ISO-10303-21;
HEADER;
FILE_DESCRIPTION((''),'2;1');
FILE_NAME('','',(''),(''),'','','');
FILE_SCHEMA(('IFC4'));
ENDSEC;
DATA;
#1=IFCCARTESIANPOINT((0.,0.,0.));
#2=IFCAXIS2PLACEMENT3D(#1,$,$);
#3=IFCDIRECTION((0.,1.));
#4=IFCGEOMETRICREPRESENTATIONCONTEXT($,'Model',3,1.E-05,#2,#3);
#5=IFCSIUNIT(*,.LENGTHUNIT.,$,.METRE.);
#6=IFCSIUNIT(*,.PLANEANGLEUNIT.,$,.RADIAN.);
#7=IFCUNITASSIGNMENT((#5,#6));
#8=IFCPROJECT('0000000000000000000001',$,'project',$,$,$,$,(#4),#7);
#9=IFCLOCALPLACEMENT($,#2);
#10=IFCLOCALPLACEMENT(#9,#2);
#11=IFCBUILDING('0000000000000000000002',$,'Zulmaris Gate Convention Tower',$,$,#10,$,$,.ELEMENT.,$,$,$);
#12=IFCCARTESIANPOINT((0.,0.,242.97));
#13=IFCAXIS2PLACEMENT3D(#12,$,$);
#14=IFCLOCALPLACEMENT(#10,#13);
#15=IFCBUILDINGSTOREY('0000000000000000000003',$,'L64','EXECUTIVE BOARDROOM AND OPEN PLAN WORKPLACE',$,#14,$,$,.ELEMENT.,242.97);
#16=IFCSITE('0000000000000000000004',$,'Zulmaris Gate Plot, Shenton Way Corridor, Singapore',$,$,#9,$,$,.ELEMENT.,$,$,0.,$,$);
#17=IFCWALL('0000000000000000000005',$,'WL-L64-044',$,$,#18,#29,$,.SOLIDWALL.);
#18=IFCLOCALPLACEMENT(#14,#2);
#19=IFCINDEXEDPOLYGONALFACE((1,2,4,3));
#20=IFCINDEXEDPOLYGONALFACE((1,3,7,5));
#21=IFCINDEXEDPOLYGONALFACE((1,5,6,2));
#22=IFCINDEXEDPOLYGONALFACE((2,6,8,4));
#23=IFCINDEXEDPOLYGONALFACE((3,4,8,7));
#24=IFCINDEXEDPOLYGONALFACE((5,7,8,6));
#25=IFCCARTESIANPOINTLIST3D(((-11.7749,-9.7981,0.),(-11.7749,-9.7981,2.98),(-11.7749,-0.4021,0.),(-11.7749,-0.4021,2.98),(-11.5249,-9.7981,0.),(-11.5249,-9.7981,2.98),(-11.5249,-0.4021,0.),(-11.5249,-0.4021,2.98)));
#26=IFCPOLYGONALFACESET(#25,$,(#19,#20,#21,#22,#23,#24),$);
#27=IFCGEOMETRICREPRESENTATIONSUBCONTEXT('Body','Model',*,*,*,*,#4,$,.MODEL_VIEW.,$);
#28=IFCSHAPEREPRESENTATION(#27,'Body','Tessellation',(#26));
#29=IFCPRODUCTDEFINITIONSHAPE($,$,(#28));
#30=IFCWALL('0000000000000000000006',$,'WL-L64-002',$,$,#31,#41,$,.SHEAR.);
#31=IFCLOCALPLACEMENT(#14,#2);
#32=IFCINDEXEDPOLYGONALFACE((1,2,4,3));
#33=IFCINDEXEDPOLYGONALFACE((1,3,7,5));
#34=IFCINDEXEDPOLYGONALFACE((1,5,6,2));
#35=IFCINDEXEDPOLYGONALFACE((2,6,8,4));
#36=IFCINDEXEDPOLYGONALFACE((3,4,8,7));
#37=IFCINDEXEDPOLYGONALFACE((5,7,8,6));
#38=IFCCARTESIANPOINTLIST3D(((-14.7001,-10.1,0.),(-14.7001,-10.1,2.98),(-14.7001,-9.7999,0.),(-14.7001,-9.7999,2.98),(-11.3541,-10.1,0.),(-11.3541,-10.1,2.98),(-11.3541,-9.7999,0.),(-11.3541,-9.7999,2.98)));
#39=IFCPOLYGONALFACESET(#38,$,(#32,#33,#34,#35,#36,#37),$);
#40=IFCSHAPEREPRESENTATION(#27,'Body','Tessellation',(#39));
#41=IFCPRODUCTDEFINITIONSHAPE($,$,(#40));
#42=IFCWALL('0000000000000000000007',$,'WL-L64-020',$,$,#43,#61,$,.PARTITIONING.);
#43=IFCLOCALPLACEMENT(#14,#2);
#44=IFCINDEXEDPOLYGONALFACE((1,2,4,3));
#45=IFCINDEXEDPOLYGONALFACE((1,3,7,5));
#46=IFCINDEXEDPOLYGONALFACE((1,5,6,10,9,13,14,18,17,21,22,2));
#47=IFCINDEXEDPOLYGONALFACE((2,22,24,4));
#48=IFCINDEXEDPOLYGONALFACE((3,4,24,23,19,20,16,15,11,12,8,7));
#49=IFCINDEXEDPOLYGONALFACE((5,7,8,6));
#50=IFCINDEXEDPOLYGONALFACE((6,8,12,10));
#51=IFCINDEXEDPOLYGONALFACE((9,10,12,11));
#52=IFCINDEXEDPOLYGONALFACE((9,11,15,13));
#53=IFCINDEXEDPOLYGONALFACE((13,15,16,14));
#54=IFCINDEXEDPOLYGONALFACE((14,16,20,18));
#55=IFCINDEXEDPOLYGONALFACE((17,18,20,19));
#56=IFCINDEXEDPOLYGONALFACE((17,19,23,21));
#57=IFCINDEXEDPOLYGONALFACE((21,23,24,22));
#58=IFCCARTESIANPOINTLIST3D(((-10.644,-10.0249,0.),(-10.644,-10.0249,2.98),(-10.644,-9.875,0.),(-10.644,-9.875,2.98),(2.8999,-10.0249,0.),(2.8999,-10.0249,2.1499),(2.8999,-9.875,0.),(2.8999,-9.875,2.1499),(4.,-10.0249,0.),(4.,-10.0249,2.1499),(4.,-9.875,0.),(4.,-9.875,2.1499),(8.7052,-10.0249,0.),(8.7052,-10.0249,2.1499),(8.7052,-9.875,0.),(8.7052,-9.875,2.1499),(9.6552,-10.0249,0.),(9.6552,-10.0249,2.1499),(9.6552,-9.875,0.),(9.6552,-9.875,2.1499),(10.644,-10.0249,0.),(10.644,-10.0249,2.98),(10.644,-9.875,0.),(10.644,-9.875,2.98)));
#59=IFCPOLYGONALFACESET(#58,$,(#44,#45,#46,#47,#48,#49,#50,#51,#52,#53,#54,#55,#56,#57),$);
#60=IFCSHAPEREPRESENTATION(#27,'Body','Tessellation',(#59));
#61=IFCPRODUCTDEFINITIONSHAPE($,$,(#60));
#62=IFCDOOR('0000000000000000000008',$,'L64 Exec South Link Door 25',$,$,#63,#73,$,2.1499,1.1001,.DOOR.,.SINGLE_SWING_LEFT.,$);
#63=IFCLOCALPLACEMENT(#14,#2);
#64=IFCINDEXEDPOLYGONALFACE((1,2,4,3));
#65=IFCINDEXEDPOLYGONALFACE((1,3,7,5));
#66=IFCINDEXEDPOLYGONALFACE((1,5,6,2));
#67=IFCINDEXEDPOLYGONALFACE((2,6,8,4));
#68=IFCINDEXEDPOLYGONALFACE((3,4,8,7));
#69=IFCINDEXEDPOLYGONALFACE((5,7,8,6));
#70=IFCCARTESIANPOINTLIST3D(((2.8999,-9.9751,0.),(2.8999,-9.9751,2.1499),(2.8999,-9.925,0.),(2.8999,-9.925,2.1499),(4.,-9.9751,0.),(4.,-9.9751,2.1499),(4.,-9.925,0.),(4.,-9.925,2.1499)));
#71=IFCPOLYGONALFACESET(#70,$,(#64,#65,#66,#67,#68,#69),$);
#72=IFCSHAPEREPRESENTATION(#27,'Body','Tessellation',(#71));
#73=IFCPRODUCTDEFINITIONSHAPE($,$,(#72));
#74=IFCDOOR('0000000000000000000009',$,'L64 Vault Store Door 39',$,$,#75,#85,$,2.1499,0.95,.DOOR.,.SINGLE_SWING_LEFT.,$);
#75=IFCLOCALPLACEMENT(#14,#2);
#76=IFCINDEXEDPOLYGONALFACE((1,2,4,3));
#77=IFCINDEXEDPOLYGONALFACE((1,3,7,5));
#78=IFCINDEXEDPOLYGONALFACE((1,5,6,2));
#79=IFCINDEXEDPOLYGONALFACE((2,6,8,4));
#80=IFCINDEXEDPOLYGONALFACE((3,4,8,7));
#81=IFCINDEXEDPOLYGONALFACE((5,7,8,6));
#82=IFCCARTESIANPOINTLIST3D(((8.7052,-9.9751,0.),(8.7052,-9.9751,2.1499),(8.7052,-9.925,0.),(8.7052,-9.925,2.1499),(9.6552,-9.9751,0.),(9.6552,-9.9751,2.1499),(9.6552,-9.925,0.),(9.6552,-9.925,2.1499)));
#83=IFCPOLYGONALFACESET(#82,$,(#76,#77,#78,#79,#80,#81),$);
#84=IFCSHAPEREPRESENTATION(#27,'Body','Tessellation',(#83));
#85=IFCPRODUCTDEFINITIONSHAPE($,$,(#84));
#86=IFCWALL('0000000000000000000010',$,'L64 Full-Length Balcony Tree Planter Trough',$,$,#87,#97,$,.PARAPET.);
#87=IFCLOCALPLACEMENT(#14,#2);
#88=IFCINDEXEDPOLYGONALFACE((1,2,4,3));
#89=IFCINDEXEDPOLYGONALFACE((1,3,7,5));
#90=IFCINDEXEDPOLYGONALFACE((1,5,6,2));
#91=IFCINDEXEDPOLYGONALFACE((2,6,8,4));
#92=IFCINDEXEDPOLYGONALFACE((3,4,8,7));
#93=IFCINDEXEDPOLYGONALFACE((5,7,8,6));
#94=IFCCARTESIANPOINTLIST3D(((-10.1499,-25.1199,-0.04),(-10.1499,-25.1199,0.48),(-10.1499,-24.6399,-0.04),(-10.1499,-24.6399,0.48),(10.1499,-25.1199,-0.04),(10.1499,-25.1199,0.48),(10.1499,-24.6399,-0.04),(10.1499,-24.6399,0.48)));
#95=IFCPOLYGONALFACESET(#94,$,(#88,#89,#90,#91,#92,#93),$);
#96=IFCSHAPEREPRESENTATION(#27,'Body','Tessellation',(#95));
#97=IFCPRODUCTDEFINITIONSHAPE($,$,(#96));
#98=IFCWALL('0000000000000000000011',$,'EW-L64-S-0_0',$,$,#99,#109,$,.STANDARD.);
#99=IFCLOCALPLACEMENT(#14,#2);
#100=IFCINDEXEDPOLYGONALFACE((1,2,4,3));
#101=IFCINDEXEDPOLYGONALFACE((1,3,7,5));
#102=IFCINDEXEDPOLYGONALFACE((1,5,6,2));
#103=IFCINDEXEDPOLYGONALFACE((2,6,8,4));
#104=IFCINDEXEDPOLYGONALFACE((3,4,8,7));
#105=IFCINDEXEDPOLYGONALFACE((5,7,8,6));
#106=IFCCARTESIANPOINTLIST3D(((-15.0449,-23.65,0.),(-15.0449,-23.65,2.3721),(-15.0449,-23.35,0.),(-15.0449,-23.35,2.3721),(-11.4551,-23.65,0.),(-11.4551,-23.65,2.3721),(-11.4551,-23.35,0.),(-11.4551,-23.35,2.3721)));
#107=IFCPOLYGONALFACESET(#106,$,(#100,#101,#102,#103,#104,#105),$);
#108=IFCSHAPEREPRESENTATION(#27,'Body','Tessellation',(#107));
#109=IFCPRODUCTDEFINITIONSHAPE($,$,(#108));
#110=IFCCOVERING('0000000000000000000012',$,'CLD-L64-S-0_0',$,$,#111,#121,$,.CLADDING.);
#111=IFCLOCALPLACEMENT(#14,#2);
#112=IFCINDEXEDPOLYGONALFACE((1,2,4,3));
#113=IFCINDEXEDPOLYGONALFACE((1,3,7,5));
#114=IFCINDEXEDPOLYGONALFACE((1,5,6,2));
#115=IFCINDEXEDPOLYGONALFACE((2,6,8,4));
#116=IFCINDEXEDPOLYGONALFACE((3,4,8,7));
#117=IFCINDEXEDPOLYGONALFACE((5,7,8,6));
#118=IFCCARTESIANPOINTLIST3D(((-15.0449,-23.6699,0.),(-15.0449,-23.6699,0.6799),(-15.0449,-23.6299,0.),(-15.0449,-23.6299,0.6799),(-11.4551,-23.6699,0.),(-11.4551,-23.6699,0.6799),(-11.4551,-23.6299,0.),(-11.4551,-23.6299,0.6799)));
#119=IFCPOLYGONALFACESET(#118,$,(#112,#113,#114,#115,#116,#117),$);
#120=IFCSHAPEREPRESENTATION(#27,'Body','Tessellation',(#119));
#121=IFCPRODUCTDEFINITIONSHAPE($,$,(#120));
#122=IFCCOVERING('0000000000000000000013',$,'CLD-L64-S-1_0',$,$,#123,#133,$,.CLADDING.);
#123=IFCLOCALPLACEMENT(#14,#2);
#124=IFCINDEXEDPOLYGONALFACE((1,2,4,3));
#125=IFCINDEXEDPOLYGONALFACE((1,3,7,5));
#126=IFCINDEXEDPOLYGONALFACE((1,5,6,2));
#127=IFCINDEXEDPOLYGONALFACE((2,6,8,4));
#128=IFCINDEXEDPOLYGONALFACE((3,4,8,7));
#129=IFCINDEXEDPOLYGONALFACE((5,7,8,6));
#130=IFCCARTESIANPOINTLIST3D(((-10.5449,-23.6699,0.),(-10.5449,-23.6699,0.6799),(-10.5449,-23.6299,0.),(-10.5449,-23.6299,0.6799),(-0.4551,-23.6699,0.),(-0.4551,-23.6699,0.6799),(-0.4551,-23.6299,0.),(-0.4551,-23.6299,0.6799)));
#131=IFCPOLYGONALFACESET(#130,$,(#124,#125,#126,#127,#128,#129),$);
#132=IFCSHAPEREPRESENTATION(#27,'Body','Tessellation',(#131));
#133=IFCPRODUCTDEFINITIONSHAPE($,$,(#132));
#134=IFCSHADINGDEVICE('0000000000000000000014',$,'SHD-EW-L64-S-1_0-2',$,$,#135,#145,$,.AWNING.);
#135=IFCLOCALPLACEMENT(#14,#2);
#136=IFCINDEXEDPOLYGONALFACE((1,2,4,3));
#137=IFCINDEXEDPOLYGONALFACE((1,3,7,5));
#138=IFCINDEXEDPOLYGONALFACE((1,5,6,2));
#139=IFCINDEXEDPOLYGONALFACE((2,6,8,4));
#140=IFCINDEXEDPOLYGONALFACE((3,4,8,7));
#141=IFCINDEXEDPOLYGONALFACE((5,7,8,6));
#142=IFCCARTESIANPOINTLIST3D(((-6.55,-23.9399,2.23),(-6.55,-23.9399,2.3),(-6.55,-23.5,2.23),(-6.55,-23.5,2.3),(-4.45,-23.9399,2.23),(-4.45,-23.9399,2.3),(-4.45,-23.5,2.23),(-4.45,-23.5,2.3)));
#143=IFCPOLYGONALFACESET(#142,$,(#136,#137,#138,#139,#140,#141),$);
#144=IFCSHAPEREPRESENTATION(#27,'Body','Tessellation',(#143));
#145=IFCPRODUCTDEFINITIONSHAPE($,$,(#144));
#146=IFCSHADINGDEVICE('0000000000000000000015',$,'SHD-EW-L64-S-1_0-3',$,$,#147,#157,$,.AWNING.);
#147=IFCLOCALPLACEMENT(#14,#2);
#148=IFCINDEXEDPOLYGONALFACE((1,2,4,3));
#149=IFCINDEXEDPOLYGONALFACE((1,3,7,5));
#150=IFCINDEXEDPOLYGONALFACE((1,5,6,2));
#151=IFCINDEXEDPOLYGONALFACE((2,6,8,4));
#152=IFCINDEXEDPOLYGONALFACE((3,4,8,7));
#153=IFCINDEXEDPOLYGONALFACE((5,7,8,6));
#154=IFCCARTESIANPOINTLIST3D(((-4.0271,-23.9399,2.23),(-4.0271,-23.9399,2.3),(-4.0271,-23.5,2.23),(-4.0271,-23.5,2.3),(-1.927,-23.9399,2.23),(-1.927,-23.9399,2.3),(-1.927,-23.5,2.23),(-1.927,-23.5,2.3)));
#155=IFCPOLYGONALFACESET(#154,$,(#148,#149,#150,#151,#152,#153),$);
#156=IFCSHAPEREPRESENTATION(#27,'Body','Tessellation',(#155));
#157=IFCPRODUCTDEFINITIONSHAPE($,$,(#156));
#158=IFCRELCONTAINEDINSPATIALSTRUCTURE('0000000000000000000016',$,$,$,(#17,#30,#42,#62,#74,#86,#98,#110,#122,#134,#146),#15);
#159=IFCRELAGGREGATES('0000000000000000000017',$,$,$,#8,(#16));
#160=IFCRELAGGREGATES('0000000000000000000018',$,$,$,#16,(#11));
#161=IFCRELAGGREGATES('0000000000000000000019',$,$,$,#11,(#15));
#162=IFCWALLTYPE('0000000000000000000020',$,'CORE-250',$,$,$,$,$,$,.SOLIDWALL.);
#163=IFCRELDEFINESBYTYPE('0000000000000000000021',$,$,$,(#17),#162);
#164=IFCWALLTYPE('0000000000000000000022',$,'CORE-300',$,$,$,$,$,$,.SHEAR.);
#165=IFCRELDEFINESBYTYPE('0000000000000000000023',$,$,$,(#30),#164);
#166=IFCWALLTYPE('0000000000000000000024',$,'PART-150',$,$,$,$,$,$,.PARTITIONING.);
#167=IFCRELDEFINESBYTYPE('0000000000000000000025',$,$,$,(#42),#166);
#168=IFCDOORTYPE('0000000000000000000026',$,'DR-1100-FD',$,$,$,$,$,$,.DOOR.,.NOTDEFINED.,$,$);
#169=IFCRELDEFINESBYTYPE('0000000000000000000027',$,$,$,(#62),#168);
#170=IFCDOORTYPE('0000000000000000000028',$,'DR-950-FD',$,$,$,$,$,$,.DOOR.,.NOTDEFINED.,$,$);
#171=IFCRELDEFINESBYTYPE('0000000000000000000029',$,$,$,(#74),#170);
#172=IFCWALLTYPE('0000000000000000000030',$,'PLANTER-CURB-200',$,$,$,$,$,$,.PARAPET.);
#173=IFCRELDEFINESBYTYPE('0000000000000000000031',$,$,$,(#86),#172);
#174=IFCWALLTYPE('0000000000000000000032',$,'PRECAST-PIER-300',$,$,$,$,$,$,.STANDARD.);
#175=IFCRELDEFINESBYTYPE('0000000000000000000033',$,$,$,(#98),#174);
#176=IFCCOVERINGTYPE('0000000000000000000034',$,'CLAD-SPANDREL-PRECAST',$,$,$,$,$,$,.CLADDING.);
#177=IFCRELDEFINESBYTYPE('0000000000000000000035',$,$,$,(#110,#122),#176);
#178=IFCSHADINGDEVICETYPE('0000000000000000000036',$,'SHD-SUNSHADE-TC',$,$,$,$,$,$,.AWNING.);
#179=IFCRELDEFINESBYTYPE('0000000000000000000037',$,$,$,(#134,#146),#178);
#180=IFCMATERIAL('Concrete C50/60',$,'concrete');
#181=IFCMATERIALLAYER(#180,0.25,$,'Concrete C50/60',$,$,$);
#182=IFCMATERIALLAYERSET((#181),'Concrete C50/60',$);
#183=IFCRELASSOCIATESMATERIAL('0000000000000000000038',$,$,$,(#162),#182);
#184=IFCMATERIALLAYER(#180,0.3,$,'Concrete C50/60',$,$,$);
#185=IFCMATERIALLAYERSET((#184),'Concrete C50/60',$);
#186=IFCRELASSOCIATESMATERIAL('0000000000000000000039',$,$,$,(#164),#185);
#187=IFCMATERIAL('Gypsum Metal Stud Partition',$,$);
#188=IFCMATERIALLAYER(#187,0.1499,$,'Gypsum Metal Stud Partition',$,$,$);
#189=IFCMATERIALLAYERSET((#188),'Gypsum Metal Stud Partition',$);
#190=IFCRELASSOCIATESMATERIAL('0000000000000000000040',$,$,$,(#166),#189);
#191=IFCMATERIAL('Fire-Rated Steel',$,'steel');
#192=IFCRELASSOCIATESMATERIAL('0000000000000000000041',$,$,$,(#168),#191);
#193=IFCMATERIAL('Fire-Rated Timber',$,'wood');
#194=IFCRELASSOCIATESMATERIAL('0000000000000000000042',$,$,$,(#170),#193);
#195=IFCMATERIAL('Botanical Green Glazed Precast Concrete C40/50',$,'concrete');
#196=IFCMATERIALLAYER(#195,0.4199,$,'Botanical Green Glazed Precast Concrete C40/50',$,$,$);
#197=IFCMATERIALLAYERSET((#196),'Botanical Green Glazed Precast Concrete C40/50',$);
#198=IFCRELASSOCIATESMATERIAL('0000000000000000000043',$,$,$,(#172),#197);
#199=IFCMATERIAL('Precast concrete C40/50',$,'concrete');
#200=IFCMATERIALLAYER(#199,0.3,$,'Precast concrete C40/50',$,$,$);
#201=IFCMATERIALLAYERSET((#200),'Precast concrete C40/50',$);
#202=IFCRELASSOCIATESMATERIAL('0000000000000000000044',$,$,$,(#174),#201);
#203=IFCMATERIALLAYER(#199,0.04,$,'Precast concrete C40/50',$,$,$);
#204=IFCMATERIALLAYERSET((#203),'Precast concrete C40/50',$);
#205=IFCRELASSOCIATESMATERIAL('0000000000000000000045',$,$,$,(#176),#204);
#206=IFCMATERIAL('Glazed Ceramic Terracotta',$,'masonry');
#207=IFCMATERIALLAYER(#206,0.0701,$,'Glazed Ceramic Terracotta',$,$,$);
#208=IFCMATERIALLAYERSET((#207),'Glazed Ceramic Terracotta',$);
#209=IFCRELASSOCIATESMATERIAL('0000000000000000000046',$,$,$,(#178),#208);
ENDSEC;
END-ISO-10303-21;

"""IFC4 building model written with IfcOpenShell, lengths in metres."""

from ifc_helpers import new_model, si_unit, direction, frame, frame_2d, origin, place, context, subcontext, project, spatial, rectangle, extrude, material, layer, layer_set, type_object, element, fill, save


model = new_model("IFC4")

# Units and contexts
model_context = context("Model", 3, precision=1e-05, world=origin(), true_north=direction((0.0, 1.0)))
body_context = subcontext(model_context, "Body", "Model", "MODEL_VIEW")
ifc_project = project(units=[si_unit("LENGTHUNIT", "METRE"), si_unit("PLANEANGLEUNIT", "RADIAN")], contexts=[model_context])

# Site, building, storey
site_placement = place(None, origin())
site = spatial("IfcSite", under=ifc_project, at=site_placement, Name="Zulmaris Gate Plot, Shenton Way Corridor, Singapore", CompositionType="ELEMENT", RefElevation=0.0)
building_placement = place(site_placement, origin())
building = spatial("IfcBuilding", under=site, at=building_placement, Name="Zulmaris Gate Convention Tower", CompositionType="ELEMENT")
storey_placement = place(building_placement, frame((0.0, 0.0, 242.97)))
storey = spatial("IfcBuildingStorey", under=building, at=storey_placement, Name="L64", Description="EXECUTIVE BOARDROOM AND OPEN PLAN WORKPLACE", CompositionType="ELEMENT", Elevation=242.97)

# Shared definitions
ifc_material_1 = material(Name="Concrete C50/60", Category="concrete")

# Walls
ifc_layer_1 = layer(ifc_material_1, 0.25, Name="Concrete C50/60")
ifc_layer_set_1 = layer_set([ifc_layer_1], Name="Concrete C50/60")
wall_type_1 = type_object("IfcWallType", Name="CORE-250", PredefinedType="SOLIDWALL", material=ifc_layer_set_1)
wall_1_placement = place(storey_placement, frame((-11.6499, -9.7981, 0.0), z_axis=(0.0, 0.0, 1.0), x_axis=(0.0, 1.0, 0.0)))
element("IfcWall", 1, at=wall_1_placement, inside=storey, type_object=wall_type_1, Name="WL-L64-044", PredefinedType="SOLIDWALL", context=body_context, shape_type="SweptSolid", body=[
    extrude(rectangle(XDim=9.396, YDim=0.25, at=frame_2d((4.698, 0.0))), origin(), (0.0, 0.0, 1.0), 2.98),
])
ifc_layer_2 = layer(ifc_material_1, 0.3, Name="Concrete C50/60")
ifc_layer_set_2 = layer_set([ifc_layer_2], Name="Concrete C50/60")
wall_type_2 = type_object("IfcWallType", Name="CORE-300", PredefinedType="SHEAR", material=ifc_layer_set_2)
wall_2_placement = place(storey_placement, frame((-14.7, -9.95, 0.0), z_axis=(0.0, 0.0, 1.0), x_axis=(1.0, 0.0, 0.0)))
element("IfcWall", 2, at=wall_2_placement, inside=storey, type_object=wall_type_2, Name="WL-L64-002", PredefinedType="SHEAR", context=body_context, shape_type="SweptSolid", body=[
    extrude(rectangle(XDim=3.3459, YDim=0.3, at=frame_2d((1.6729, 0.0))), origin(), (0.0, 0.0, 1.0), 2.98),
])

# Wall, openings, doors
ifc_material_2 = material(Name="Gypsum Metal Stud Partition")
ifc_layer_3 = layer(ifc_material_2, 0.1499, Name="Gypsum Metal Stud Partition")
ifc_layer_set_3 = layer_set([ifc_layer_3], Name="Gypsum Metal Stud Partition")
wall_type_3 = type_object("IfcWallType", Name="PART-150", PredefinedType="PARTITIONING", material=ifc_layer_set_3)
wall_3_placement = place(storey_placement, frame((-10.644, -9.95, 0.0), z_axis=(0.0, 0.0, 1.0), x_axis=(1.0, 0.0, 0.0)))
wall_3 = element("IfcWall", 3, at=wall_3_placement, inside=storey, type_object=wall_type_3, Name="WL-L64-020", PredefinedType="PARTITIONING", context=body_context, shape_type="SweptSolid", body=[
    extrude(rectangle(XDim=21.2881, YDim=0.1499, at=frame_2d((10.644, 0.0))), origin(), (0.0, 0.0, 1.0), 2.98),
])
opening_1_placement = place(wall_3_placement, frame((13.5439, 0.0, 0.0)))
opening_1 = element("IfcOpeningElement", 4, at=opening_1_placement, cuts=wall_3, PredefinedType="OPENING", context=body_context, shape_type="SweptSolid", body=[
    extrude(rectangle(XDim=1.1001, YDim=2.1499, at=frame_2d((0.55, 1.075))), frame((0.0, 0.085, 0.0), z_axis=(0.0, -1.0, 0.0), x_axis=(1.0, 0.0, 0.0)), (0.0, 0.0, 1.0), 0.1699),
])
opening_2_placement = place(wall_3_placement, frame((19.3491, 0.0, 0.0)))
opening_2 = element("IfcOpeningElement", 5, at=opening_2_placement, cuts=wall_3, PredefinedType="OPENING", context=body_context, shape_type="SweptSolid", body=[
    extrude(rectangle(XDim=0.95, YDim=2.1499, at=frame_2d((0.4751, 1.075))), frame((0.0, 0.085, 0.0), z_axis=(0.0, -1.0, 0.0), x_axis=(1.0, 0.0, 0.0)), (0.0, 0.0, 1.0), 0.1699),
])
ifc_material_3 = material(Name="Fire-Rated Steel", Category="steel")
door_type_1 = type_object("IfcDoorType", Name="DR-1100-FD", OperationType="NOTDEFINED", PredefinedType="DOOR", material=ifc_material_3)
door_1_placement = place(opening_1_placement, origin())
door_1 = element("IfcDoor", 6, at=door_1_placement, inside=storey, type_object=door_type_1, Name="L64 Exec South Link Door 25", OperationType="SINGLE_SWING_LEFT", OverallHeight=2.1499, OverallWidth=1.1001, PredefinedType="DOOR", context=body_context, shape_type="SweptSolid", body=[
    extrude(rectangle(XDim=1.1001, YDim=2.1499, at=frame_2d((0.55, 1.075))), frame((0.0, 0.0249, 0.0), z_axis=(0.0, -1.0, 0.0), x_axis=(1.0, 0.0, 0.0)), (0.0, 0.0, 1.0), 0.05),
])
fill(opening_1, door_1)
ifc_material_4 = material(Name="Fire-Rated Timber", Category="wood")
door_type_2 = type_object("IfcDoorType", Name="DR-950-FD", OperationType="NOTDEFINED", PredefinedType="DOOR", material=ifc_material_4)
door_2_placement = place(opening_2_placement, origin())
door_2 = element("IfcDoor", 7, at=door_2_placement, inside=storey, type_object=door_type_2, Name="L64 Vault Store Door 39", OperationType="SINGLE_SWING_LEFT", OverallHeight=2.1499, OverallWidth=0.95, PredefinedType="DOOR", context=body_context, shape_type="SweptSolid", body=[
    extrude(rectangle(XDim=0.95, YDim=2.1499, at=frame_2d((0.4751, 1.075))), frame((0.0, 0.0249, 0.0), z_axis=(0.0, -1.0, 0.0), x_axis=(1.0, 0.0, 0.0)), (0.0, 0.0, 1.0), 0.05),
])
fill(opening_2, door_2)

# Walls
ifc_material_5 = material(Name="Botanical Green Glazed Precast Concrete C40/50", Category="concrete")
ifc_layer_4 = layer(ifc_material_5, 0.4199, Name="Botanical Green Glazed Precast Concrete C40/50")
ifc_layer_set_4 = layer_set([ifc_layer_4], Name="Botanical Green Glazed Precast Concrete C40/50")
wall_type_4 = type_object("IfcWallType", Name="PLANTER-CURB-200", PredefinedType="PARAPET", material=ifc_layer_set_4)
wall_4_placement = place(storey_placement, frame((-10.1499, -24.8799, -0.04), z_axis=(0.0, 0.0, 1.0), x_axis=(1.0, 0.0, 0.0)))
element("IfcWall", 8, at=wall_4_placement, inside=storey, type_object=wall_type_4, Name="L64 Full-Length Balcony Tree Planter Trough", PredefinedType="PARAPET", context=body_context, shape_type="SweptSolid", body=[
    extrude(rectangle(XDim=20.2998, YDim=0.48, at=frame_2d((10.1499, 0.0))), origin(), (0.0, 0.0, 1.0), 0.52),
])
ifc_material_6 = material(Name="Precast concrete C40/50", Category="concrete")
ifc_layer_5 = layer(ifc_material_6, 0.3, Name="Precast concrete C40/50")
ifc_layer_set_5 = layer_set([ifc_layer_5], Name="Precast concrete C40/50")
wall_type_5 = type_object("IfcWallType", Name="PRECAST-PIER-300", PredefinedType="STANDARD", material=ifc_layer_set_5)
wall_5_placement = place(storey_placement, frame((-15.0449, -23.5, 0.0), z_axis=(0.0, 0.0, 1.0), x_axis=(1.0, 0.0, 0.0)))
element("IfcWall", 9, at=wall_5_placement, inside=storey, type_object=wall_type_5, Name="EW-L64-S-0_0", PredefinedType="STANDARD", context=body_context, shape_type="SweptSolid", body=[
    extrude(rectangle(XDim=3.5898, YDim=0.3, at=frame_2d((1.7949, 0.0))), origin(), (0.0, 0.0, 1.0), 2.3721),
])

# Coverings
ifc_layer_6 = layer(ifc_material_6, 0.04, Name="Precast concrete C40/50")
ifc_layer_set_6 = layer_set([ifc_layer_6], Name="Precast concrete C40/50")
covering_type = type_object("IfcCoveringType", Name="CLAD-SPANDREL-PRECAST", PredefinedType="CLADDING", material=ifc_layer_set_6)
covering_1_placement = place(storey_placement, frame((-15.0449, -23.6499, 0.0), z_axis=(0.0, 0.0, 1.0), x_axis=(1.0, 0.0, 0.0)))
element("IfcCovering", 10, at=covering_1_placement, inside=storey, type_object=covering_type, Name="CLD-L64-S-0_0", PredefinedType="CLADDING", context=body_context, shape_type="SweptSolid", body=[
    extrude(rectangle(XDim=3.5898, YDim=0.04, at=frame_2d((1.7949, 0.0))), origin(), (0.0, 0.0, 1.0), 0.6799),
])
covering_2_placement = place(storey_placement, frame((-10.5449, -23.6499, 0.0), z_axis=(0.0, 0.0, 1.0), x_axis=(1.0, 0.0, 0.0)))
element("IfcCovering", 11, at=covering_2_placement, inside=storey, type_object=covering_type, Name="CLD-L64-S-1_0", PredefinedType="CLADDING", context=body_context, shape_type="SweptSolid", body=[
    extrude(rectangle(XDim=10.0898, YDim=0.04, at=frame_2d((5.0449, 0.0))), origin(), (0.0, 0.0, 1.0), 0.6799),
])

# Shading devices
ifc_material_7 = material(Name="Glazed Ceramic Terracotta", Category="masonry")
ifc_layer_7 = layer(ifc_material_7, 0.0701, Name="Glazed Ceramic Terracotta")
ifc_layer_set_7 = layer_set([ifc_layer_7], Name="Glazed Ceramic Terracotta")
shading_device_type = type_object("IfcShadingDeviceType", Name="SHD-SUNSHADE-TC", PredefinedType="AWNING", material=ifc_layer_set_7)
for number, where, z_axis, x_axis, name in (
    (12, (-6.55, -23.72, 2.23), (0.0, 0.0, 1.0), (1.0, 0.0, 0.0), "SHD-EW-L64-S-1_0-2"),
    (13, (-4.0271, -23.72, 2.23), (0.0, 0.0, 1.0), (1.0, 0.0, 0.0), "SHD-EW-L64-S-1_0-3"),
):
    element("IfcShadingDevice", number, at=place(storey_placement, frame(where, z_axis=z_axis, x_axis=x_axis)), inside=storey, type_object=shading_device_type, Name=name, PredefinedType="AWNING", context=body_context, shape_type="SweptSolid", body=[
        extrude(rectangle(XDim=2.1001, YDim=0.4399, at=frame_2d((1.05, 0.0))), origin(), (0.0, 0.0, 1.0), 0.0701),
    ])

save(model, "model.ifc")
